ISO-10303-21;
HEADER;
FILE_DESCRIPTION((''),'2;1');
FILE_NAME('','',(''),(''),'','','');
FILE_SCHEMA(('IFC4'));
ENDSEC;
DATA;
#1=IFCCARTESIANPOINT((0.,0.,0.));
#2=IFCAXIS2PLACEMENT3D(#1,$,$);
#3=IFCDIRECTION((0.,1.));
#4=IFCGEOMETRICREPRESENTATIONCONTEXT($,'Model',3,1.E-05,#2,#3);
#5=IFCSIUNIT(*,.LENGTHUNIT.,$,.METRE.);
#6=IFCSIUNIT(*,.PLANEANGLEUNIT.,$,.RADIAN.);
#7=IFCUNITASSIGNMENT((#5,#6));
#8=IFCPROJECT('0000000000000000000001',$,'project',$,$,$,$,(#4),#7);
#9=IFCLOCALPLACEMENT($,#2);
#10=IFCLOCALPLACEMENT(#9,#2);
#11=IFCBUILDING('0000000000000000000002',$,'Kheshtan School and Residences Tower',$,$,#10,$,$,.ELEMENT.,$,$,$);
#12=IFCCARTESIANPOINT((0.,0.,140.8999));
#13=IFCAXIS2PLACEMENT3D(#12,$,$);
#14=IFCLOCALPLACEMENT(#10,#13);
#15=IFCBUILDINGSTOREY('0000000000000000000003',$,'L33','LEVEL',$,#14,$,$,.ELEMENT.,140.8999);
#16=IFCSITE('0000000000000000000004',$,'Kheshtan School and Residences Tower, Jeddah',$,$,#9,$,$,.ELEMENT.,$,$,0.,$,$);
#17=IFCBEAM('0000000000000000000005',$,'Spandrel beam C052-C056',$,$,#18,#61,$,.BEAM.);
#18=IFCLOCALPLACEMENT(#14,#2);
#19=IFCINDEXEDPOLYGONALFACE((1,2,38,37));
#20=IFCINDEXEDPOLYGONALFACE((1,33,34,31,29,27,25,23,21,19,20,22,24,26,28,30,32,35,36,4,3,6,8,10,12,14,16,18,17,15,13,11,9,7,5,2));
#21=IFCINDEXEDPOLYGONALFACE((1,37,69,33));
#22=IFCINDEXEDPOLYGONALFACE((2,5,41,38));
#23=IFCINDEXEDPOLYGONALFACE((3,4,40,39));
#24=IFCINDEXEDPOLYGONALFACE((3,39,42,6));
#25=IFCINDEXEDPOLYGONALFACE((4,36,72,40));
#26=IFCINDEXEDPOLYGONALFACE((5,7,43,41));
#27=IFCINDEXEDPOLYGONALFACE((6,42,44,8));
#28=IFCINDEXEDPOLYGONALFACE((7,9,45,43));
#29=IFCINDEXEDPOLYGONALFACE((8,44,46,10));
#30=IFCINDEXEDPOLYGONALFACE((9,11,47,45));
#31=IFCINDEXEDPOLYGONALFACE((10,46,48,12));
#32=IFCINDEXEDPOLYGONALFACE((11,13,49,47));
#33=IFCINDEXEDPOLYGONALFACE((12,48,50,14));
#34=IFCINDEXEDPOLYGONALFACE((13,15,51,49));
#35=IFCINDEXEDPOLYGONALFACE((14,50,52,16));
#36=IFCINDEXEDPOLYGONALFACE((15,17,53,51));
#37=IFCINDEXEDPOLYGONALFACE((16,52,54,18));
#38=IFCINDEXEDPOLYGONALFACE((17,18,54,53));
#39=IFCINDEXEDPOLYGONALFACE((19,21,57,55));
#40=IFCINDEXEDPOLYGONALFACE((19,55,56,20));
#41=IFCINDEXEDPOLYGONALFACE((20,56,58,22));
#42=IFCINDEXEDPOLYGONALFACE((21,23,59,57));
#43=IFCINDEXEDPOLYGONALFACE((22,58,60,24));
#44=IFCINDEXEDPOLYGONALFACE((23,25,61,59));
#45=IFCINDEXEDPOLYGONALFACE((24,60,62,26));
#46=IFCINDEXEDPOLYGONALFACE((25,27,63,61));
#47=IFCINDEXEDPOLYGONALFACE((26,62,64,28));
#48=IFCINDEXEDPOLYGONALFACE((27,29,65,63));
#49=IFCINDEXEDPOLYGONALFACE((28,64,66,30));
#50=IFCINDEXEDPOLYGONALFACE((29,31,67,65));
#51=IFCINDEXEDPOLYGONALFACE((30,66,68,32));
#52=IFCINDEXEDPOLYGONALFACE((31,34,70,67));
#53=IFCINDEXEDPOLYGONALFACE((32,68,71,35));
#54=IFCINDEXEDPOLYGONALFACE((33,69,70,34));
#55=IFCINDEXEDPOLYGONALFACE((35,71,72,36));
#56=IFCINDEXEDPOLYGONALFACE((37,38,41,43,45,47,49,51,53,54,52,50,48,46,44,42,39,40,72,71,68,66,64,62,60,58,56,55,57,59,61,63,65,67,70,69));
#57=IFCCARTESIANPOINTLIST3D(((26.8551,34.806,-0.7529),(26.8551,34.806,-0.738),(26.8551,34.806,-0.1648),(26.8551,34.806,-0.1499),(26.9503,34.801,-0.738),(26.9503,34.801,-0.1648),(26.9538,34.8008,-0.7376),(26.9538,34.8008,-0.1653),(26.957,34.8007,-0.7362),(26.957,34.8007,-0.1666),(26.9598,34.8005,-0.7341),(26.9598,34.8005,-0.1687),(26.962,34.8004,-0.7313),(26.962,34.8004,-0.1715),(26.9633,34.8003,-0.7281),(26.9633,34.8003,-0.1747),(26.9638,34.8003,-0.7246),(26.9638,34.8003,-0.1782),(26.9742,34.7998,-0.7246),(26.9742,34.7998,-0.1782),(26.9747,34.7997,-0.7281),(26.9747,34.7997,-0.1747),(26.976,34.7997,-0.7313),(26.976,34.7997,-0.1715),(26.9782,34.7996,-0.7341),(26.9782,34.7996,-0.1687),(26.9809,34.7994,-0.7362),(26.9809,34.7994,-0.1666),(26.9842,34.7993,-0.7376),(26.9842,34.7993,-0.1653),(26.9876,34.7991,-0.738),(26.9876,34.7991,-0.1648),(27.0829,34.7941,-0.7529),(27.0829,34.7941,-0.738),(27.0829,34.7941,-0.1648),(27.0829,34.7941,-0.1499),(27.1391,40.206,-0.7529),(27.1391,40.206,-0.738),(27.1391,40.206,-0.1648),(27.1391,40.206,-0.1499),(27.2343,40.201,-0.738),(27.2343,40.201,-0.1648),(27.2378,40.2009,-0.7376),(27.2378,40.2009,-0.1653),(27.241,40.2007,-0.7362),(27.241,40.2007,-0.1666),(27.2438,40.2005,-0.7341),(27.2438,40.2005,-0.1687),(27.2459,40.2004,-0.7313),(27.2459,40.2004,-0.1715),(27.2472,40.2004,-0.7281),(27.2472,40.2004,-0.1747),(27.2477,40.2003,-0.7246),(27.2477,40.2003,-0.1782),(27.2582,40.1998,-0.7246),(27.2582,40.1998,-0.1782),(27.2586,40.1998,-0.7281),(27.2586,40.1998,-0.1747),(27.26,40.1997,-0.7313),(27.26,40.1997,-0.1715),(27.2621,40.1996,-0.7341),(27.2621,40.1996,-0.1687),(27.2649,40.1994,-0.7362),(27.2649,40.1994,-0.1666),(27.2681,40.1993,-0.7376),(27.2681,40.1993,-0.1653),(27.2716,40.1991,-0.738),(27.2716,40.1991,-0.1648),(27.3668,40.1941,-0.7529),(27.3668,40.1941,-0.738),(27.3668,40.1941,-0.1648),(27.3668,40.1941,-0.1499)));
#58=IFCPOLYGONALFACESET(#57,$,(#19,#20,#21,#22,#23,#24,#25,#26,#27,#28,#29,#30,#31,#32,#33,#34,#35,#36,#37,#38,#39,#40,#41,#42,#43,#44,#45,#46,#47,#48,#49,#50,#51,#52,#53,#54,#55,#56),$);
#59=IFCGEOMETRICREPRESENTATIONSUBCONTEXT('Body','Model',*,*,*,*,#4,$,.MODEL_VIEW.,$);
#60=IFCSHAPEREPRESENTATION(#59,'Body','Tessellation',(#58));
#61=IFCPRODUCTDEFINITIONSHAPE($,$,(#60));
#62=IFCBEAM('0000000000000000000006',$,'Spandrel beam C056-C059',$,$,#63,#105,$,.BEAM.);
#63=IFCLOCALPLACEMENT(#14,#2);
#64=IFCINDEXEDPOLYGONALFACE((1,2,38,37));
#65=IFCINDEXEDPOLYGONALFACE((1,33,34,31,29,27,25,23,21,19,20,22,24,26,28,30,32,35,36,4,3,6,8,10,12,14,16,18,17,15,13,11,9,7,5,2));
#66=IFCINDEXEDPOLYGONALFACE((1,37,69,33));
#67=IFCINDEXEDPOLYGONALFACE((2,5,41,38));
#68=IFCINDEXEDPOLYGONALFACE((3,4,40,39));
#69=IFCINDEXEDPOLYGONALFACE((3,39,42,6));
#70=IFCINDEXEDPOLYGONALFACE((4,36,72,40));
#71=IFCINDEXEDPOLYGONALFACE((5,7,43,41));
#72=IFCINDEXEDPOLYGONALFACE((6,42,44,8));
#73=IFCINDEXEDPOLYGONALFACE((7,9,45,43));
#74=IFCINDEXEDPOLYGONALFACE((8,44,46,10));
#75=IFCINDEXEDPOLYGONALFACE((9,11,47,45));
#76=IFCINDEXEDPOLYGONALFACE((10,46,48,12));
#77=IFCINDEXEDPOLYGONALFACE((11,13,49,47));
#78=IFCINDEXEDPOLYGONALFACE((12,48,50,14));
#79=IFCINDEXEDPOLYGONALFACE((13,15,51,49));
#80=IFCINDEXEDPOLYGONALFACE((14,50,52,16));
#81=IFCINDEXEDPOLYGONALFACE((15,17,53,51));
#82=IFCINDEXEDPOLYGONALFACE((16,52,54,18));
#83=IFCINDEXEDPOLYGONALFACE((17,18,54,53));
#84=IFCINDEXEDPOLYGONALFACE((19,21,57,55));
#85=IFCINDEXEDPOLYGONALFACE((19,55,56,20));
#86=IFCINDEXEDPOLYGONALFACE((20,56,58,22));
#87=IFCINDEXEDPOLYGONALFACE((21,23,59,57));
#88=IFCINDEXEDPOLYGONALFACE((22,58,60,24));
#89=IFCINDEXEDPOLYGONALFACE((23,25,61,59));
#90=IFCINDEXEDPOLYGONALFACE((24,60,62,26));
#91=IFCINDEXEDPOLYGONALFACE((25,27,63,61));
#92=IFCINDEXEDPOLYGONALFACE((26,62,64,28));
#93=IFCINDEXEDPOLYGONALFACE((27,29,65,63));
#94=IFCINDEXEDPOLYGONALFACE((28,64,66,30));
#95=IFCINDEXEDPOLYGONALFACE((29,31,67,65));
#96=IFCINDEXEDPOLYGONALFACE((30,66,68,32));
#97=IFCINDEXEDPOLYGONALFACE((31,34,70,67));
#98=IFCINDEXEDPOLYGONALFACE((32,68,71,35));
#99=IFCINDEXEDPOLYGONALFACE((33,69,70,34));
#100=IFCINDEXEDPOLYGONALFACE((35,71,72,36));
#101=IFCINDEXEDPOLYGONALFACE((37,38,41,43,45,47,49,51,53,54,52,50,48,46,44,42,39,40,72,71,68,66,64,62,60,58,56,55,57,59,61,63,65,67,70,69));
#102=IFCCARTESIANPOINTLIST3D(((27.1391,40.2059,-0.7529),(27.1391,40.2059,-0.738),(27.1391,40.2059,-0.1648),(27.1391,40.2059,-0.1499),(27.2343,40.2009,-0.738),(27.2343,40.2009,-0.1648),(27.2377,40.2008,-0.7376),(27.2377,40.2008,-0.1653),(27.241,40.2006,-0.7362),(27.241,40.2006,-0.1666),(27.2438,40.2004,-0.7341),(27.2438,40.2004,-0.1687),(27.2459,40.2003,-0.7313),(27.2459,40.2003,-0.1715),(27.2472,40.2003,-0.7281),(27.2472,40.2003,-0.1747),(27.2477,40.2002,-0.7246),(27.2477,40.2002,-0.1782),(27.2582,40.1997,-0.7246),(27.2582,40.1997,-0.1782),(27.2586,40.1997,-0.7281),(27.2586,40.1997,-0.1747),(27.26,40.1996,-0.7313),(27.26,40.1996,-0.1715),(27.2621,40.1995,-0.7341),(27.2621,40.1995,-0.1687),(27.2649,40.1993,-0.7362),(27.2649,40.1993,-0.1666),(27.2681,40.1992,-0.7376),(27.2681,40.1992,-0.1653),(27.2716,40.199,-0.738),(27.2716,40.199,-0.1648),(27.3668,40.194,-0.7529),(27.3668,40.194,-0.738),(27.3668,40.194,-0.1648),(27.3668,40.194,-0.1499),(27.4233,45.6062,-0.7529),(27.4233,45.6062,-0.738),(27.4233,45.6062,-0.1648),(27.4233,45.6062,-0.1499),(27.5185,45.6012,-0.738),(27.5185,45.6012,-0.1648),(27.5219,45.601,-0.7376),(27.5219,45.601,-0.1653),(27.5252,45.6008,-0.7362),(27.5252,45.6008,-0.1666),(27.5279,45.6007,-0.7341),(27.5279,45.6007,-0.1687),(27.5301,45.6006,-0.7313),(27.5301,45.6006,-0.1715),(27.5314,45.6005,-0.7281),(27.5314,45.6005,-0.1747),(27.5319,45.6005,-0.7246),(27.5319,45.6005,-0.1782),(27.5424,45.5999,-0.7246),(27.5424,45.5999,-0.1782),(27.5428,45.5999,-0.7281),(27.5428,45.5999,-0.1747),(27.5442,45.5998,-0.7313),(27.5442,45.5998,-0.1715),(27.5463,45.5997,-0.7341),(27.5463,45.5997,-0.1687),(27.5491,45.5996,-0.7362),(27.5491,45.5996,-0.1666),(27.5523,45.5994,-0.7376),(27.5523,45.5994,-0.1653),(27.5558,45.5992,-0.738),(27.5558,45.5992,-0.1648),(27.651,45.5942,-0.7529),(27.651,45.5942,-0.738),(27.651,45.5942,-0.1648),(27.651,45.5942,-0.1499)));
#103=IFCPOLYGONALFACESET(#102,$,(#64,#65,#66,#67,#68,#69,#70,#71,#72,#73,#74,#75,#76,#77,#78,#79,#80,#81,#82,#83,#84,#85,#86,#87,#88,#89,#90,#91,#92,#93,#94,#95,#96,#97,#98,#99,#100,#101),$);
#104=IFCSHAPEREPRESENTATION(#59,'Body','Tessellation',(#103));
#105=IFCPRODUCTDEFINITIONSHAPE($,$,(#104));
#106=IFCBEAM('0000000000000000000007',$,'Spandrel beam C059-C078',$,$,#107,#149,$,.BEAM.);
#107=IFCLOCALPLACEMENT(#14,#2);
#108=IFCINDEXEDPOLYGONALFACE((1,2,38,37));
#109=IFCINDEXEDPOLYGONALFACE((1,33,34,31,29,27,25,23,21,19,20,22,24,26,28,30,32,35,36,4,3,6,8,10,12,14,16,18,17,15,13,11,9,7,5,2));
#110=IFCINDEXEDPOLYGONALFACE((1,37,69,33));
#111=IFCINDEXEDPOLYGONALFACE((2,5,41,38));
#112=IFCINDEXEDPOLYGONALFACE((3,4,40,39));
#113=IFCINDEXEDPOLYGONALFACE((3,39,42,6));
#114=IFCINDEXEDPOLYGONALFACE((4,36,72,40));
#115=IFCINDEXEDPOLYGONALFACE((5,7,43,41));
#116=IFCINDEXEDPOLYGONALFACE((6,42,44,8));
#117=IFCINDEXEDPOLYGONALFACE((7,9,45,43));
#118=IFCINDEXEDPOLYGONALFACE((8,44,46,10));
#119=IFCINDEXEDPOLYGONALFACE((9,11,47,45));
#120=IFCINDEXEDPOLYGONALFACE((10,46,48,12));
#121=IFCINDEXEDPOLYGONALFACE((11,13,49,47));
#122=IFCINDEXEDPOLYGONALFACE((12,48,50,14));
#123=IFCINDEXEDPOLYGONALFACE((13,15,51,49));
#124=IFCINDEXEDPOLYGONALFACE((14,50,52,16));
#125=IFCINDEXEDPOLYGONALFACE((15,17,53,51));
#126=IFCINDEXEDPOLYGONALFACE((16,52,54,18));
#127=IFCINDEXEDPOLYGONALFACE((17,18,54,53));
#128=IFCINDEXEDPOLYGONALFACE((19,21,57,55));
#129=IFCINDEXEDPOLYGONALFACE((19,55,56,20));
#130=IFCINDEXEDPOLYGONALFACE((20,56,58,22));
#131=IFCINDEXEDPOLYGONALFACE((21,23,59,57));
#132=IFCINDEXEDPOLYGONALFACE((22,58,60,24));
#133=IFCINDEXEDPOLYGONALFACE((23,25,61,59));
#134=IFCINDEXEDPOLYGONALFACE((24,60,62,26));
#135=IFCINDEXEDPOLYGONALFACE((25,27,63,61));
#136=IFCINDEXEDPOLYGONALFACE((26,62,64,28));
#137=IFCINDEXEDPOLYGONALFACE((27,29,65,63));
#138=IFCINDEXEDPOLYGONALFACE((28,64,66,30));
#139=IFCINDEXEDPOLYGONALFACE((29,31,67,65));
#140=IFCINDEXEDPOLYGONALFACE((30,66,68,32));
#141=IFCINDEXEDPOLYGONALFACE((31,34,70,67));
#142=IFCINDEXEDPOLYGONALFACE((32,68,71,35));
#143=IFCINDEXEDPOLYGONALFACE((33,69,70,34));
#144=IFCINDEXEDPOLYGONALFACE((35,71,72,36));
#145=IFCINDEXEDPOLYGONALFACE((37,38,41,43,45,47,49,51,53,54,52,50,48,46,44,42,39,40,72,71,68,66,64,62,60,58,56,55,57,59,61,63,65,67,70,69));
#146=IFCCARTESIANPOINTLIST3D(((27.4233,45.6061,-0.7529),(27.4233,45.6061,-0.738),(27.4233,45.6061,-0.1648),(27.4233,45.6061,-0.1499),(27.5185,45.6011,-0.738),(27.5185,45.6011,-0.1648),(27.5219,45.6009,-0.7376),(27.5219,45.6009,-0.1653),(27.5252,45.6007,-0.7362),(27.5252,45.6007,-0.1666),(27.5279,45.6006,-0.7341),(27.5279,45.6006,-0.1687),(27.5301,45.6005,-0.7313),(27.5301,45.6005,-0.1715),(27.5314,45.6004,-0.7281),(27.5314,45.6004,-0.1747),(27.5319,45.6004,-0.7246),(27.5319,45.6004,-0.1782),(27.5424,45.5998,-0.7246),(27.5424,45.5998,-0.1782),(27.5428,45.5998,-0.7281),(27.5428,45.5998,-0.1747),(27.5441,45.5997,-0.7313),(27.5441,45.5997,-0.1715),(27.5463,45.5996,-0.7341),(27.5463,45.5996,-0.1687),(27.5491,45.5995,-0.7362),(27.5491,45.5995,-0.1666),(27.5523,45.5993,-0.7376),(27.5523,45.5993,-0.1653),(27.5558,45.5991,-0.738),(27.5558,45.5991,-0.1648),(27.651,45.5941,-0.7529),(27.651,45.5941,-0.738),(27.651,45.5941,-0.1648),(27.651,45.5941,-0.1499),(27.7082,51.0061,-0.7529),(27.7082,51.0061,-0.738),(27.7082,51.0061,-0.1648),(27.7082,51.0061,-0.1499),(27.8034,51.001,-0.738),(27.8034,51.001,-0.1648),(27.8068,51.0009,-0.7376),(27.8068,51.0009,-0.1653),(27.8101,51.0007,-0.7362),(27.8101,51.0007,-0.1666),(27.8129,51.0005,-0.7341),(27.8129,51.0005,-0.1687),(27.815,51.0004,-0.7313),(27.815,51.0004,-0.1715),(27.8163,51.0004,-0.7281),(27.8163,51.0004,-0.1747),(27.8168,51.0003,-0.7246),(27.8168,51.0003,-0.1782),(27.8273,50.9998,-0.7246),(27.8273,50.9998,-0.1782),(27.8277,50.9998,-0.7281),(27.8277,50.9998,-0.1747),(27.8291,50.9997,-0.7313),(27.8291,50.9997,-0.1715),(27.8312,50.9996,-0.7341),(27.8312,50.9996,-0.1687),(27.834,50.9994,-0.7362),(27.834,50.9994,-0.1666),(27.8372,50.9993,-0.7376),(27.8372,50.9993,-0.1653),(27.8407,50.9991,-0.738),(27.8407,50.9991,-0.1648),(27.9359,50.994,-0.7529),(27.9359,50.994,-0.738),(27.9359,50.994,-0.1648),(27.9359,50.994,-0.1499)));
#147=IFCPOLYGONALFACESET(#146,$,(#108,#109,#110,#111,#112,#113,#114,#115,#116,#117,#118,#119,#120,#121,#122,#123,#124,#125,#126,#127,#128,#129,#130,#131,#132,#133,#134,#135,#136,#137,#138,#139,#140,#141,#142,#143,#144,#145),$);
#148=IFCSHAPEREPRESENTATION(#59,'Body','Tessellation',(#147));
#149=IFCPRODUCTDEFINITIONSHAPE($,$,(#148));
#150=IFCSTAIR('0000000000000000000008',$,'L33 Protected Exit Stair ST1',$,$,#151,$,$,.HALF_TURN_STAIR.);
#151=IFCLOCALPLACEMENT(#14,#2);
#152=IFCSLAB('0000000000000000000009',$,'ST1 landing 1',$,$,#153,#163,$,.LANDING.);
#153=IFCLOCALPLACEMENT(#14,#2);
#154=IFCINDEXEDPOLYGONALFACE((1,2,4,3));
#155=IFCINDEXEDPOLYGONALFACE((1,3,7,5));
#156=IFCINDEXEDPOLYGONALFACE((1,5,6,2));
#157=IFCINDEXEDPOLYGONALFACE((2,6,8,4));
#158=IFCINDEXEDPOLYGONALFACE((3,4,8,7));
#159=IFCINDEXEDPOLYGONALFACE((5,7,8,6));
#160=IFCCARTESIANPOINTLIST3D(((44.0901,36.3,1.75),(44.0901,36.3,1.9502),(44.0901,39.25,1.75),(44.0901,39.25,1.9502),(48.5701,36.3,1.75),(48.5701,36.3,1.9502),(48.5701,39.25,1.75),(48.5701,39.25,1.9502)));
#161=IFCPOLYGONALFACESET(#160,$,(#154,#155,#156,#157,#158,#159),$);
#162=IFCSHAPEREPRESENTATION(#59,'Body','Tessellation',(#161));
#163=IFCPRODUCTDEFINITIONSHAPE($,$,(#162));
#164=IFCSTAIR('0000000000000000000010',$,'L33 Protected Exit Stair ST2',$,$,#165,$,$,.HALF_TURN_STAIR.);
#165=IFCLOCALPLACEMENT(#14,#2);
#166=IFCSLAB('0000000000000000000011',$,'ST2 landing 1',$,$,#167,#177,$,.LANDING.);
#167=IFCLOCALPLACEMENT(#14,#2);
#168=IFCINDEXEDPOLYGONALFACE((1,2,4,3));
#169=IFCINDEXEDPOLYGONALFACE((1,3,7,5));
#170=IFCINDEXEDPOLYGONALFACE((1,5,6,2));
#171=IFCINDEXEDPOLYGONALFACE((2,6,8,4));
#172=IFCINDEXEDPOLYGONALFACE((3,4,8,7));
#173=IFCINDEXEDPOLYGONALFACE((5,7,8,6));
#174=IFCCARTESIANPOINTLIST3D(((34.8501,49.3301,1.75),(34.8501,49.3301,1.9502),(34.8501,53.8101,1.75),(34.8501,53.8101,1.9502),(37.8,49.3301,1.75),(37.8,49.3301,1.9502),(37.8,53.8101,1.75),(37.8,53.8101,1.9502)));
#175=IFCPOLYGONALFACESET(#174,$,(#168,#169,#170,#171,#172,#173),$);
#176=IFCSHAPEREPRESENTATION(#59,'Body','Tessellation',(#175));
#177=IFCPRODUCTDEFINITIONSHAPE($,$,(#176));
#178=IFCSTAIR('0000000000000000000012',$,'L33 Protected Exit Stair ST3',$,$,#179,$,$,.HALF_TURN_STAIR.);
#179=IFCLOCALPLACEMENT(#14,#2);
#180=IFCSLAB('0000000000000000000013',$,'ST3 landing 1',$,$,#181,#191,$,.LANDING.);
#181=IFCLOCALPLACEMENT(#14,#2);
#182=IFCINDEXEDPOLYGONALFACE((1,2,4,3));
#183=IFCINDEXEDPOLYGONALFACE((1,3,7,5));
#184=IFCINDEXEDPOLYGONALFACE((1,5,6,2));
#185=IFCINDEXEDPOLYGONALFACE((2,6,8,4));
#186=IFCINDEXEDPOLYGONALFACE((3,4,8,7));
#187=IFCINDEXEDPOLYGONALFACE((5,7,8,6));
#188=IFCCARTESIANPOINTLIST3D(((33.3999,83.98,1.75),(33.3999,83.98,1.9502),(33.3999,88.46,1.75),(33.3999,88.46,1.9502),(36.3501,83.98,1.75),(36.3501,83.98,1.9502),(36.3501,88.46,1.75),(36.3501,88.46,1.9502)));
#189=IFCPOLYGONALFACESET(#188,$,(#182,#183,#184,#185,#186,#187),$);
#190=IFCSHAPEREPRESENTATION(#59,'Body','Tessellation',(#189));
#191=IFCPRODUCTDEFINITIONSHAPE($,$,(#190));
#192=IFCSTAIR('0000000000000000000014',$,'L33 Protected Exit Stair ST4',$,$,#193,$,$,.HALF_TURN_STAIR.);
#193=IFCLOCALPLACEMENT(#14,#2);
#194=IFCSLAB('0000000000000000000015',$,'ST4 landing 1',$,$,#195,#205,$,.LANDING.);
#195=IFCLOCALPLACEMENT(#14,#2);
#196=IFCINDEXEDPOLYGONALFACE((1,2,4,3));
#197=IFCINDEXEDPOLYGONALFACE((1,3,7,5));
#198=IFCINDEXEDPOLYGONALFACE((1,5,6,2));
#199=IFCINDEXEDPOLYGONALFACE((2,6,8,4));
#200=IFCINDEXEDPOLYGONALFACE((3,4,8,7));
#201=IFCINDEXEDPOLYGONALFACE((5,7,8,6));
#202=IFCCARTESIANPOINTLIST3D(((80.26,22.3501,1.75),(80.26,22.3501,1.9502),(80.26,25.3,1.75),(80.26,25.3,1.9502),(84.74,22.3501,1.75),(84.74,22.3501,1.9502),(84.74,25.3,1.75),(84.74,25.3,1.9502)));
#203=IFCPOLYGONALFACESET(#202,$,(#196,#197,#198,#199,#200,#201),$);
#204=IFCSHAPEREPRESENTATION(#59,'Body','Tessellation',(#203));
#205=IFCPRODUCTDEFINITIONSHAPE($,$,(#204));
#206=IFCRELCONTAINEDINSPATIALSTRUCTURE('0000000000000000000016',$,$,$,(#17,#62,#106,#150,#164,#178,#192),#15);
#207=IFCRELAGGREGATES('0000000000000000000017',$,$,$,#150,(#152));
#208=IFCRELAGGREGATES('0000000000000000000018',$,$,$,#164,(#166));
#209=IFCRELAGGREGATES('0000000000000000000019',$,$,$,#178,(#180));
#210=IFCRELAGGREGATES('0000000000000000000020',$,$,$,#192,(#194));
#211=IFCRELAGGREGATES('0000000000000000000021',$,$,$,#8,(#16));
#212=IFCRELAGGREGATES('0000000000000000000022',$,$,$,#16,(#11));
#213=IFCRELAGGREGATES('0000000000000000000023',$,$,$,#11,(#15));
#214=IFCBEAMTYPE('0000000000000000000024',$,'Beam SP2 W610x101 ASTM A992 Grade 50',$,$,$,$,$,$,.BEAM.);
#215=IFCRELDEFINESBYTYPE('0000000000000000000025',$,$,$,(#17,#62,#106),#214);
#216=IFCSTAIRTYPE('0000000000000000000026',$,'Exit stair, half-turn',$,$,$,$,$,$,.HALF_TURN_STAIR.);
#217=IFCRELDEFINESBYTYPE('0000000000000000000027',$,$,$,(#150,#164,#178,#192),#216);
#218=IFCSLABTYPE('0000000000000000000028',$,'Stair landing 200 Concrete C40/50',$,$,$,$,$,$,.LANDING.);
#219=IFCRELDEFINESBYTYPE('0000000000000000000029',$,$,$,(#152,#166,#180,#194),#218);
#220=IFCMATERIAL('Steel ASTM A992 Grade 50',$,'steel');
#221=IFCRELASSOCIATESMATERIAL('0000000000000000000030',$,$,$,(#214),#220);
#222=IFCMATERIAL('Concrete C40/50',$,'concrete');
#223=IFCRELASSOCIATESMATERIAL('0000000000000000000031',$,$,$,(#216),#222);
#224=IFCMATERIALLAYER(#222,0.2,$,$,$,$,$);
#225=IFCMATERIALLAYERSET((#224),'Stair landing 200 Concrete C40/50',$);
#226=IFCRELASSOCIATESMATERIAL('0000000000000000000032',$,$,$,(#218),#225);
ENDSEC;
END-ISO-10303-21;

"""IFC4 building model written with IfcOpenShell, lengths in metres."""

from ifc_helpers import new_model, si_unit, direction, frame, origin, origin_2d, place, context, subcontext, project, spatial, polyline, i_section, outline, extrude, material, layer, layer_set, material_profile, profile_set, type_object, element, aggregate, save


model = new_model("IFC4")

# Units and contexts
model_context = context("Model", 3, precision=1e-05, world=origin(), true_north=direction((0.0, 1.0)))
body_context = subcontext(model_context, "Body", "Model", "MODEL_VIEW")
ifc_project = project(units=[si_unit("LENGTHUNIT", "METRE"), si_unit("PLANEANGLEUNIT", "RADIAN")], contexts=[model_context])

# Site, building, storey
site_placement = place(None, origin())
site = spatial("IfcSite", under=ifc_project, at=site_placement, Name="Kheshtan School and Residences Tower, Jeddah", CompositionType="ELEMENT", RefElevation=0.0)
building_placement = place(site_placement, origin())
building = spatial("IfcBuilding", under=site, at=building_placement, Name="Kheshtan School and Residences Tower", CompositionType="ELEMENT")
storey_placement = place(building_placement, frame((0.0, 0.0, 140.8999)))
storey = spatial("IfcBuildingStorey", under=building, at=storey_placement, Name="L33", Description="LEVEL", CompositionType="ELEMENT", Elevation=140.8999)

# Shared definitions
ifc_material_1 = material(Name="Steel ASTM A992 Grade 50", Category="steel")

# Beams
ifc_material_profile_1 = material_profile(ifc_material_1, i_section(OverallWidth=0.228, OverallDepth=0.603, WebThickness=0.0105, FlangeThickness=0.0149, FilletRadius=0.0134, at=origin_2d()), Name="W610x101")
ifc_profile_set_1 = profile_set([ifc_material_profile_1], Name="Steel ASTM A992 Grade 50")
beam_type_1 = type_object("IfcBeamType", Name="Beam SP2 W610x101 ASTM A992 Grade 50", PredefinedType="BEAM", material=ifc_profile_set_1)
beam_1_placement = place(storey_placement, frame((26.969, 34.8, -0.4514), z_axis=(0.052509, 0.99862, 0.0), x_axis=(-0.99862, 0.052509, 0.0)))
element("IfcBeam", 1, at=beam_1_placement, inside=storey, type_object=beam_type_1, Name="Spandrel beam C052-C056", PredefinedType="BEAM", context=body_context, shape_type="SweptSolid", body=[
    extrude(i_section(OverallWidth=0.228, OverallDepth=0.603, WebThickness=0.0105, FlangeThickness=0.0149, FilletRadius=0.0134, at=origin_2d()), origin(), (0.0, 0.0, 1.0), 5.4075),
])
beam_2_placement = place(storey_placement, frame((27.2529, 40.2, -0.4514), z_axis=(0.052552, 0.998618, 0.0), x_axis=(-0.998618, 0.052552, 0.0)))
element("IfcBeam", 2, at=beam_2_placement, inside=storey, type_object=beam_type_1, Name="Spandrel beam C056-C059", PredefinedType="BEAM", context=body_context, shape_type="SweptSolid", body=[
    extrude(i_section(OverallWidth=0.228, OverallDepth=0.603, WebThickness=0.0105, FlangeThickness=0.0149, FilletRadius=0.0134, at=origin_2d()), origin(), (0.0, 0.0, 1.0), 5.4077),
])
beam_3_placement = place(storey_placement, frame((27.5371, 45.6001, -0.4514), z_axis=(0.052689, 0.998611, 0.0), x_axis=(-0.998611, 0.052689, 0.0)))
element("IfcBeam", 3, at=beam_3_placement, inside=storey, type_object=beam_type_1, Name="Spandrel beam C059-C078", PredefinedType="BEAM", context=body_context, shape_type="SweptSolid", body=[
    extrude(i_section(OverallWidth=0.228, OverallDepth=0.603, WebThickness=0.0105, FlangeThickness=0.0149, FilletRadius=0.0134, at=origin_2d()), origin(), (0.0, 0.0, 1.0), 5.4075),
])

# Shared definitions
ifc_material_2 = material(Name="Concrete C40/50", Category="concrete")

# Stairs, slabs
stair_type = type_object("IfcStairType", Name="Exit stair, half-turn", PredefinedType="HALF_TURN_STAIR", material=ifc_material_2)
stair_1_placement = place(storey_placement, origin())
stair_1 = element("IfcStair", 4, at=stair_1_placement, inside=storey, type_object=stair_type, Name="L33 Protected Exit Stair ST1", PredefinedType="HALF_TURN_STAIR")
ifc_layer_1 = layer(ifc_material_2, 0.2)
ifc_layer_set_1 = layer_set([ifc_layer_1], Name="Stair landing 200 Concrete C40/50")
slab_type_1 = type_object("IfcSlabType", Name="Stair landing 200 Concrete C40/50", PredefinedType="LANDING", material=ifc_layer_set_1)
slab_1_placement = place(storey_placement, frame((0.0, 0.0, 1.75)))
slab_1 = element("IfcSlab", 5, at=slab_1_placement, type_object=slab_type_1, Name="ST1 landing 1", PredefinedType="LANDING", context=body_context, shape_type="SweptSolid", body=[
    extrude(outline(polyline([(48.5701, 39.25), (44.0901, 39.25), (44.0901, 36.3), (48.5701, 36.3), (48.5701, 39.25)])), origin(), (0.0, 0.0, 1.0), 0.2002),
])
aggregate(stair_1, [slab_1])
stair_2_placement = place(storey_placement, origin())
stair_2 = element("IfcStair", 6, at=stair_2_placement, inside=storey, type_object=stair_type, Name="L33 Protected Exit Stair ST2", PredefinedType="HALF_TURN_STAIR")
slab_2_placement = place(storey_placement, frame((0.0, 0.0, 1.75)))
slab_2 = element("IfcSlab", 7, at=slab_2_placement, type_object=slab_type_1, Name="ST2 landing 1", PredefinedType="LANDING", context=body_context, shape_type="SweptSolid", body=[
    extrude(outline(polyline([(37.8, 49.3301), (37.8, 53.8101), (34.8501, 53.8101), (34.8501, 49.3301), (37.8, 49.3301)])), origin(), (0.0, 0.0, 1.0), 0.2002),
])
aggregate(stair_2, [slab_2])
stair_3_placement = place(storey_placement, origin())
stair_3 = element("IfcStair", 8, at=stair_3_placement, inside=storey, type_object=stair_type, Name="L33 Protected Exit Stair ST3", PredefinedType="HALF_TURN_STAIR")
slab_3_placement = place(storey_placement, frame((0.0, 0.0, 1.75)))
slab_3 = element("IfcSlab", 9, at=slab_3_placement, type_object=slab_type_1, Name="ST3 landing 1", PredefinedType="LANDING", context=body_context, shape_type="SweptSolid", body=[
    extrude(outline(polyline([(36.3501, 83.98), (36.3501, 88.46), (33.3999, 88.46), (33.3999, 83.98), (36.3501, 83.98)])), origin(), (0.0, 0.0, 1.0), 0.2002),
])
aggregate(stair_3, [slab_3])
stair_4_placement = place(storey_placement, origin())
stair_4 = element("IfcStair", 10, at=stair_4_placement, inside=storey, type_object=stair_type, Name="L33 Protected Exit Stair ST4", PredefinedType="HALF_TURN_STAIR")
slab_4_placement = place(storey_placement, frame((0.0, 0.0, 1.75)))
slab_4 = element("IfcSlab", 11, at=slab_4_placement, type_object=slab_type_1, Name="ST4 landing 1", PredefinedType="LANDING", context=body_context, shape_type="SweptSolid", body=[
    extrude(outline(polyline([(84.74, 25.3), (80.26, 25.3), (80.26, 22.3501), (84.74, 22.3501), (84.74, 25.3)])), origin(), (0.0, 0.0, 1.0), 0.2002),
])
aggregate(stair_4, [slab_4])

save(model, "model.ifc")
